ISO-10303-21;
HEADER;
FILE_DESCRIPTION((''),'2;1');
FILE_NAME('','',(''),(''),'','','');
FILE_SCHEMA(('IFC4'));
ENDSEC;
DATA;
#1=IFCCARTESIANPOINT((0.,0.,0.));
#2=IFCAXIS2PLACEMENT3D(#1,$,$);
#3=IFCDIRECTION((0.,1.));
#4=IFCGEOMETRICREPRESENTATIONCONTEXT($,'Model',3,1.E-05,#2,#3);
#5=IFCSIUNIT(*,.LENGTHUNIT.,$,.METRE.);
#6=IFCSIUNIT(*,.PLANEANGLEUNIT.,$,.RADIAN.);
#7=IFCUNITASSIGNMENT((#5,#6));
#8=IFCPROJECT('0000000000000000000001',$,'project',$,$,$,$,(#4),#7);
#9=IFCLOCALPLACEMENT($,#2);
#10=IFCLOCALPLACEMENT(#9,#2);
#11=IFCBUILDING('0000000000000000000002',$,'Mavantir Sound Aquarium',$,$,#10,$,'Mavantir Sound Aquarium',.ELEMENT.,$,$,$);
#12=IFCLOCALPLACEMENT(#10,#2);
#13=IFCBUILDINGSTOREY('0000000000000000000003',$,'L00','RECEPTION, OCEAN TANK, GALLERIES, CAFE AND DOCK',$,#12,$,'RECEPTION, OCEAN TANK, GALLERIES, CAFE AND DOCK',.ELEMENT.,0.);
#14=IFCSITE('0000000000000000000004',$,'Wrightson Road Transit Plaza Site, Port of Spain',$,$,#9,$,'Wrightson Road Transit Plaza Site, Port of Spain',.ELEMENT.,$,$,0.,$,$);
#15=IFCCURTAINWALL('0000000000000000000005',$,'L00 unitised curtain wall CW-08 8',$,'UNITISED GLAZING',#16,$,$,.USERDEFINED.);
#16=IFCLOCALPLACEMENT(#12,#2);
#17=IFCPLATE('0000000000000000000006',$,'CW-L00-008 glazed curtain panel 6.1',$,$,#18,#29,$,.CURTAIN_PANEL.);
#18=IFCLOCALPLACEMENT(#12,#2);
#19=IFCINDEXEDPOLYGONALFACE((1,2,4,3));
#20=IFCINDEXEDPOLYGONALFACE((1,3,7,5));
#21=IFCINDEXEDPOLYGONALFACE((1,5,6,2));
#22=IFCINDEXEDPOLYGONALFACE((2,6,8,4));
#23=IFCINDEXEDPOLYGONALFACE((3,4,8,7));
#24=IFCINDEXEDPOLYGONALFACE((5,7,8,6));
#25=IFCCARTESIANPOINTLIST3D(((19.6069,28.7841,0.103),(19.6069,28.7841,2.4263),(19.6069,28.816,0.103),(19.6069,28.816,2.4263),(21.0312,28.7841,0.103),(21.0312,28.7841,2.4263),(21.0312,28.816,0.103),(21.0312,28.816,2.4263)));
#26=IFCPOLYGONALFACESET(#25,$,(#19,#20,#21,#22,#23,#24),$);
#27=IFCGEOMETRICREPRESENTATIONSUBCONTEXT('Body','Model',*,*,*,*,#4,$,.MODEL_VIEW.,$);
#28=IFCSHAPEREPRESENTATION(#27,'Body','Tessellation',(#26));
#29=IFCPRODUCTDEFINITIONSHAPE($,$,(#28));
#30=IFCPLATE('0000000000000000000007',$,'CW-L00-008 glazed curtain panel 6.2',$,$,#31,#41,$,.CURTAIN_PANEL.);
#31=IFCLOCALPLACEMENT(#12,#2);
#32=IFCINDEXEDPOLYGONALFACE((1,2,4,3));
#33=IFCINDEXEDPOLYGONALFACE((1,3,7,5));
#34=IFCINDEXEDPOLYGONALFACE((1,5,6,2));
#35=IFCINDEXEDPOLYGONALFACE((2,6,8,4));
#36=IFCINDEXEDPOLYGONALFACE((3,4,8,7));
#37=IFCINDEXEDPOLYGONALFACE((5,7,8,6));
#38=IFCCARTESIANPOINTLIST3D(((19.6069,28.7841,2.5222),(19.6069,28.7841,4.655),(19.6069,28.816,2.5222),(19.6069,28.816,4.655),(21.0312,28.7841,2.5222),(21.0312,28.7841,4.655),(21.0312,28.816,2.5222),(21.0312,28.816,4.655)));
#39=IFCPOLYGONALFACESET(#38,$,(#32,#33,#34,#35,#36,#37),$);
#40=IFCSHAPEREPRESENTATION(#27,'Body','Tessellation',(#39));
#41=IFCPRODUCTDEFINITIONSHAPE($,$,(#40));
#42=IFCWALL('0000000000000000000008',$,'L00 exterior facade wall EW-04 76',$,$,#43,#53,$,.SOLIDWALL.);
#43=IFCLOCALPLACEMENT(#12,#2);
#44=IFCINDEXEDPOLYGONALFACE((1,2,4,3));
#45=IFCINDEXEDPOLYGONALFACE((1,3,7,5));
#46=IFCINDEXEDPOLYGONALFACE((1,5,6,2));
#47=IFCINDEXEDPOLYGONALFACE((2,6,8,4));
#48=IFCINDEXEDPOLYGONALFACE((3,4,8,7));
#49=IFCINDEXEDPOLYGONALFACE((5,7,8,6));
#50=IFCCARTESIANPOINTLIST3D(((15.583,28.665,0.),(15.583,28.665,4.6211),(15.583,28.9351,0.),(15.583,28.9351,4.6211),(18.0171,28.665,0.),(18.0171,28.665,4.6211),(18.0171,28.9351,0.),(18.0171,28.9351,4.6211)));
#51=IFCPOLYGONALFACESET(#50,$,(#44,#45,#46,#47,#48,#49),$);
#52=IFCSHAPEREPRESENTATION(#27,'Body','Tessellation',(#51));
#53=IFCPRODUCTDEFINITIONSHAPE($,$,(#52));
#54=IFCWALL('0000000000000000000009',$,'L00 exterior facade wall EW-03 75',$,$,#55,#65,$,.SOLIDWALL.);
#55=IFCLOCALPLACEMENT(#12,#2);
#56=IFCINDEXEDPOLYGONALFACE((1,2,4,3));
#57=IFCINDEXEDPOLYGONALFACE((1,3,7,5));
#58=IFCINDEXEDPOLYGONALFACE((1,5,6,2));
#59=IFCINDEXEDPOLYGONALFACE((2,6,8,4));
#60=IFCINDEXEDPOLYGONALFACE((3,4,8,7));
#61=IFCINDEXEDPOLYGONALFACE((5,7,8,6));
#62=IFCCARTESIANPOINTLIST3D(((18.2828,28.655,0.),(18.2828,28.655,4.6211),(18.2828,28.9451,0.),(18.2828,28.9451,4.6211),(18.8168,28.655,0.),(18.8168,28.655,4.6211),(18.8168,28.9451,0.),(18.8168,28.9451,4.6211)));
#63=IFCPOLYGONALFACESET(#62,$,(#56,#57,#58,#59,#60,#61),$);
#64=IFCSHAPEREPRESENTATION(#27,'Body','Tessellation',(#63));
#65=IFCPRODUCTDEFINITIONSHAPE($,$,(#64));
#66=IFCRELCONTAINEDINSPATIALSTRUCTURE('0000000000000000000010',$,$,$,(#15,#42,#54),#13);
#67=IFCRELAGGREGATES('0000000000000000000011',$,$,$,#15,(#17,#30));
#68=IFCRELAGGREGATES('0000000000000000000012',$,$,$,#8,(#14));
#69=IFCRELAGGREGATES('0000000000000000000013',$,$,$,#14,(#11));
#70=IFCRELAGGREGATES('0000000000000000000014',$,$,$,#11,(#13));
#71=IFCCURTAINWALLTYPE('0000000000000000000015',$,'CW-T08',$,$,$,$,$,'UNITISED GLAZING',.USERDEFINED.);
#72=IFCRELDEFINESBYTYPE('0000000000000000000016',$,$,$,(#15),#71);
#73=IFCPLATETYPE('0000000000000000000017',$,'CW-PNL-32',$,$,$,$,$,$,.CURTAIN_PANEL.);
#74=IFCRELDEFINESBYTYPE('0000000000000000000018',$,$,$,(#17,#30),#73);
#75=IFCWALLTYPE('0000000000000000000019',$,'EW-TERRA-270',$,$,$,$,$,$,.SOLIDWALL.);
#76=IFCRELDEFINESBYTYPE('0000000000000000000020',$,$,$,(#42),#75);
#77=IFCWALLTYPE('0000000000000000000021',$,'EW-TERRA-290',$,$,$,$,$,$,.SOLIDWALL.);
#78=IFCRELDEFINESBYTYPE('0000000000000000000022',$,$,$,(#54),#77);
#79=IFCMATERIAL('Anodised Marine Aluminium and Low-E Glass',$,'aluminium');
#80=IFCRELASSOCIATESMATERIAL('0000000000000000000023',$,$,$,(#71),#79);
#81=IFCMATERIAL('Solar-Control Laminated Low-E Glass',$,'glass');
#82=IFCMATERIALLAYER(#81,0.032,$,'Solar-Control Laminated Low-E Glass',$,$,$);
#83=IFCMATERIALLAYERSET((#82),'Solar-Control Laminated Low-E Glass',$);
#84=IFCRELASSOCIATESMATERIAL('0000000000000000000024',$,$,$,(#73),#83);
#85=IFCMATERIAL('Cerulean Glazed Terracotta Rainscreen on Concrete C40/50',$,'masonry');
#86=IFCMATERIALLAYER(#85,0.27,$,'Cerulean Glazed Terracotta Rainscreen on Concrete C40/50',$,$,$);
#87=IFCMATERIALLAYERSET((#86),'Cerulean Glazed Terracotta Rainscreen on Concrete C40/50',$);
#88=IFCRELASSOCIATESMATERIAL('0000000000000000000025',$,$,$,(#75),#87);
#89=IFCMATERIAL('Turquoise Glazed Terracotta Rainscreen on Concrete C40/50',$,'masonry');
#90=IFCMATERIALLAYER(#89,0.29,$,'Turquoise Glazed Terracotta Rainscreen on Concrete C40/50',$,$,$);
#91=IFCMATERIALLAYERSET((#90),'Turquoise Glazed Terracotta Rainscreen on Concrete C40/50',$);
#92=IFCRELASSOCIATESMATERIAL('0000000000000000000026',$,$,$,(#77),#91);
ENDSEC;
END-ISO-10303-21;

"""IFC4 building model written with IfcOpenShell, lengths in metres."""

from ifc_helpers import new_model, si_unit, direction, frame, frame_2d, origin, origin_2d, place, context, subcontext, project, spatial, rectangle, extrude, material, layer, layer_set, type_object, element, aggregate, save


model = new_model("IFC4")

# Units and contexts
model_context = context("Model", 3, precision=1e-05, world=origin(), true_north=direction((0.0, 1.0)))
body_context = subcontext(model_context, "Body", "Model", "MODEL_VIEW")
ifc_project = project(units=[si_unit("LENGTHUNIT", "METRE"), si_unit("PLANEANGLEUNIT", "RADIAN")], contexts=[model_context])

# Site, building, storey
site_placement = place(None, origin())
site = spatial("IfcSite", under=ifc_project, at=site_placement, Name="Wrightson Road Transit Plaza Site, Port of Spain", LongName="Wrightson Road Transit Plaza Site, Port of Spain", CompositionType="ELEMENT", RefElevation=0.0)
building_placement = place(site_placement, origin())
building = spatial("IfcBuilding", under=site, at=building_placement, Name="Mavantir Sound Aquarium", LongName="Mavantir Sound Aquarium", CompositionType="ELEMENT")
storey_placement = place(building_placement, origin())
storey = spatial("IfcBuildingStorey", under=building, at=storey_placement, Name="L00", Description="RECEPTION, OCEAN TANK, GALLERIES, CAFE AND DOCK", LongName="RECEPTION, OCEAN TANK, GALLERIES, CAFE AND DOCK", CompositionType="ELEMENT", Elevation=0.0)

# Curtain wall
ifc_material_1 = material(Name="Anodised Marine Aluminium and Low-E Glass", Category="aluminium")
curtain_wall_type_1 = type_object("IfcCurtainWallType", Name="CW-T08", ElementType="UNITISED GLAZING", PredefinedType="USERDEFINED", material=ifc_material_1)
curtain_wall_1_placement = place(storey_placement, origin())
curtain_wall_1 = element("IfcCurtainWall", 1, at=curtain_wall_1_placement, inside=storey, type_object=curtain_wall_type_1, Name="L00 unitised curtain wall CW-08 8", ObjectType="UNITISED GLAZING", PredefinedType="USERDEFINED")

# Plates
ifc_material_2 = material(Name="Solar-Control Laminated Low-E Glass", Category="glass")
ifc_layer_1 = layer(ifc_material_2, 0.032, Name="Solar-Control Laminated Low-E Glass")
ifc_layer_set_1 = layer_set([ifc_layer_1], Name="Solar-Control Laminated Low-E Glass")
plate_type_1 = type_object("IfcPlateType", Name="CW-PNL-32", PredefinedType="CURTAIN_PANEL", material=ifc_layer_set_1)
plate_1_placement = place(storey_placement, frame((20.3191, 28.8, 0.103), z_axis=(0.0, 0.0, 1.0), x_axis=(-1.0, 0.0, 0.0)))
plate_1 = element("IfcPlate", 2, at=plate_1_placement, type_object=plate_type_1, Name="CW-L00-008 glazed curtain panel 6.1", PredefinedType="CURTAIN_PANEL", context=body_context, shape_type="SweptSolid", body=[
    extrude(rectangle(XDim=1.4243, YDim=0.032, at=origin_2d()), origin(), (0.0, 0.0, 1.0), 2.3232),
])
plate_2_placement = place(storey_placement, frame((20.3191, 28.8, 2.5222), z_axis=(0.0, 0.0, 1.0), x_axis=(-1.0, 0.0, 0.0)))
plate_2 = element("IfcPlate", 3, at=plate_2_placement, type_object=plate_type_1, Name="CW-L00-008 glazed curtain panel 6.2", PredefinedType="CURTAIN_PANEL", context=body_context, shape_type="SweptSolid", body=[
    extrude(rectangle(XDim=1.4243, YDim=0.032, at=origin_2d()), origin(), (0.0, 0.0, 1.0), 2.1328),
])
aggregate(curtain_wall_1, [plate_1, plate_2])

# Walls
ifc_material_3 = material(Name="Cerulean Glazed Terracotta Rainscreen on Concrete C40/50", Category="masonry")
ifc_layer_2 = layer(ifc_material_3, 0.27, Name="Cerulean Glazed Terracotta Rainscreen on Concrete C40/50")
ifc_layer_set_2 = layer_set([ifc_layer_2], Name="Cerulean Glazed Terracotta Rainscreen on Concrete C40/50")
wall_type_1 = type_object("IfcWallType", Name="EW-TERRA-270", PredefinedType="SOLIDWALL", material=ifc_layer_set_2)
wall_1_placement = place(storey_placement, frame((18.0171, 28.8, 0.0), z_axis=(0.0, 0.0, 1.0), x_axis=(-1.0, 0.0, 0.0)))
element("IfcWall", 4, at=wall_1_placement, inside=storey, type_object=wall_type_1, Name="L00 exterior facade wall EW-04 76", PredefinedType="SOLIDWALL", context=body_context, shape_type="SweptSolid", body=[
    extrude(rectangle(XDim=2.4341, YDim=0.27, at=frame_2d((1.217, 0.0))), origin(), (0.0, 0.0, 1.0), 4.6211),
])
ifc_material_4 = material(Name="Turquoise Glazed Terracotta Rainscreen on Concrete C40/50", Category="masonry")
ifc_layer_3 = layer(ifc_material_4, 0.29, Name="Turquoise Glazed Terracotta Rainscreen on Concrete C40/50")
ifc_layer_set_3 = layer_set([ifc_layer_3], Name="Turquoise Glazed Terracotta Rainscreen on Concrete C40/50")
wall_type_2 = type_object("IfcWallType", Name="EW-TERRA-290", PredefinedType="SOLIDWALL", material=ifc_layer_set_3)
wall_2_placement = place(storey_placement, frame((18.8169, 28.8, 0.0), z_axis=(0.0, 0.0, 1.0), x_axis=(-1.0, 0.0, 0.0)))
element("IfcWall", 5, at=wall_2_placement, inside=storey, type_object=wall_type_2, Name="L00 exterior facade wall EW-03 75", PredefinedType="SOLIDWALL", context=body_context, shape_type="SweptSolid", body=[
    extrude(rectangle(XDim=0.5339, YDim=0.29, at=frame_2d((0.2671, 0.0))), origin(), (0.0, 0.0, 1.0), 4.6211),
])

save(model, "model.ifc")
